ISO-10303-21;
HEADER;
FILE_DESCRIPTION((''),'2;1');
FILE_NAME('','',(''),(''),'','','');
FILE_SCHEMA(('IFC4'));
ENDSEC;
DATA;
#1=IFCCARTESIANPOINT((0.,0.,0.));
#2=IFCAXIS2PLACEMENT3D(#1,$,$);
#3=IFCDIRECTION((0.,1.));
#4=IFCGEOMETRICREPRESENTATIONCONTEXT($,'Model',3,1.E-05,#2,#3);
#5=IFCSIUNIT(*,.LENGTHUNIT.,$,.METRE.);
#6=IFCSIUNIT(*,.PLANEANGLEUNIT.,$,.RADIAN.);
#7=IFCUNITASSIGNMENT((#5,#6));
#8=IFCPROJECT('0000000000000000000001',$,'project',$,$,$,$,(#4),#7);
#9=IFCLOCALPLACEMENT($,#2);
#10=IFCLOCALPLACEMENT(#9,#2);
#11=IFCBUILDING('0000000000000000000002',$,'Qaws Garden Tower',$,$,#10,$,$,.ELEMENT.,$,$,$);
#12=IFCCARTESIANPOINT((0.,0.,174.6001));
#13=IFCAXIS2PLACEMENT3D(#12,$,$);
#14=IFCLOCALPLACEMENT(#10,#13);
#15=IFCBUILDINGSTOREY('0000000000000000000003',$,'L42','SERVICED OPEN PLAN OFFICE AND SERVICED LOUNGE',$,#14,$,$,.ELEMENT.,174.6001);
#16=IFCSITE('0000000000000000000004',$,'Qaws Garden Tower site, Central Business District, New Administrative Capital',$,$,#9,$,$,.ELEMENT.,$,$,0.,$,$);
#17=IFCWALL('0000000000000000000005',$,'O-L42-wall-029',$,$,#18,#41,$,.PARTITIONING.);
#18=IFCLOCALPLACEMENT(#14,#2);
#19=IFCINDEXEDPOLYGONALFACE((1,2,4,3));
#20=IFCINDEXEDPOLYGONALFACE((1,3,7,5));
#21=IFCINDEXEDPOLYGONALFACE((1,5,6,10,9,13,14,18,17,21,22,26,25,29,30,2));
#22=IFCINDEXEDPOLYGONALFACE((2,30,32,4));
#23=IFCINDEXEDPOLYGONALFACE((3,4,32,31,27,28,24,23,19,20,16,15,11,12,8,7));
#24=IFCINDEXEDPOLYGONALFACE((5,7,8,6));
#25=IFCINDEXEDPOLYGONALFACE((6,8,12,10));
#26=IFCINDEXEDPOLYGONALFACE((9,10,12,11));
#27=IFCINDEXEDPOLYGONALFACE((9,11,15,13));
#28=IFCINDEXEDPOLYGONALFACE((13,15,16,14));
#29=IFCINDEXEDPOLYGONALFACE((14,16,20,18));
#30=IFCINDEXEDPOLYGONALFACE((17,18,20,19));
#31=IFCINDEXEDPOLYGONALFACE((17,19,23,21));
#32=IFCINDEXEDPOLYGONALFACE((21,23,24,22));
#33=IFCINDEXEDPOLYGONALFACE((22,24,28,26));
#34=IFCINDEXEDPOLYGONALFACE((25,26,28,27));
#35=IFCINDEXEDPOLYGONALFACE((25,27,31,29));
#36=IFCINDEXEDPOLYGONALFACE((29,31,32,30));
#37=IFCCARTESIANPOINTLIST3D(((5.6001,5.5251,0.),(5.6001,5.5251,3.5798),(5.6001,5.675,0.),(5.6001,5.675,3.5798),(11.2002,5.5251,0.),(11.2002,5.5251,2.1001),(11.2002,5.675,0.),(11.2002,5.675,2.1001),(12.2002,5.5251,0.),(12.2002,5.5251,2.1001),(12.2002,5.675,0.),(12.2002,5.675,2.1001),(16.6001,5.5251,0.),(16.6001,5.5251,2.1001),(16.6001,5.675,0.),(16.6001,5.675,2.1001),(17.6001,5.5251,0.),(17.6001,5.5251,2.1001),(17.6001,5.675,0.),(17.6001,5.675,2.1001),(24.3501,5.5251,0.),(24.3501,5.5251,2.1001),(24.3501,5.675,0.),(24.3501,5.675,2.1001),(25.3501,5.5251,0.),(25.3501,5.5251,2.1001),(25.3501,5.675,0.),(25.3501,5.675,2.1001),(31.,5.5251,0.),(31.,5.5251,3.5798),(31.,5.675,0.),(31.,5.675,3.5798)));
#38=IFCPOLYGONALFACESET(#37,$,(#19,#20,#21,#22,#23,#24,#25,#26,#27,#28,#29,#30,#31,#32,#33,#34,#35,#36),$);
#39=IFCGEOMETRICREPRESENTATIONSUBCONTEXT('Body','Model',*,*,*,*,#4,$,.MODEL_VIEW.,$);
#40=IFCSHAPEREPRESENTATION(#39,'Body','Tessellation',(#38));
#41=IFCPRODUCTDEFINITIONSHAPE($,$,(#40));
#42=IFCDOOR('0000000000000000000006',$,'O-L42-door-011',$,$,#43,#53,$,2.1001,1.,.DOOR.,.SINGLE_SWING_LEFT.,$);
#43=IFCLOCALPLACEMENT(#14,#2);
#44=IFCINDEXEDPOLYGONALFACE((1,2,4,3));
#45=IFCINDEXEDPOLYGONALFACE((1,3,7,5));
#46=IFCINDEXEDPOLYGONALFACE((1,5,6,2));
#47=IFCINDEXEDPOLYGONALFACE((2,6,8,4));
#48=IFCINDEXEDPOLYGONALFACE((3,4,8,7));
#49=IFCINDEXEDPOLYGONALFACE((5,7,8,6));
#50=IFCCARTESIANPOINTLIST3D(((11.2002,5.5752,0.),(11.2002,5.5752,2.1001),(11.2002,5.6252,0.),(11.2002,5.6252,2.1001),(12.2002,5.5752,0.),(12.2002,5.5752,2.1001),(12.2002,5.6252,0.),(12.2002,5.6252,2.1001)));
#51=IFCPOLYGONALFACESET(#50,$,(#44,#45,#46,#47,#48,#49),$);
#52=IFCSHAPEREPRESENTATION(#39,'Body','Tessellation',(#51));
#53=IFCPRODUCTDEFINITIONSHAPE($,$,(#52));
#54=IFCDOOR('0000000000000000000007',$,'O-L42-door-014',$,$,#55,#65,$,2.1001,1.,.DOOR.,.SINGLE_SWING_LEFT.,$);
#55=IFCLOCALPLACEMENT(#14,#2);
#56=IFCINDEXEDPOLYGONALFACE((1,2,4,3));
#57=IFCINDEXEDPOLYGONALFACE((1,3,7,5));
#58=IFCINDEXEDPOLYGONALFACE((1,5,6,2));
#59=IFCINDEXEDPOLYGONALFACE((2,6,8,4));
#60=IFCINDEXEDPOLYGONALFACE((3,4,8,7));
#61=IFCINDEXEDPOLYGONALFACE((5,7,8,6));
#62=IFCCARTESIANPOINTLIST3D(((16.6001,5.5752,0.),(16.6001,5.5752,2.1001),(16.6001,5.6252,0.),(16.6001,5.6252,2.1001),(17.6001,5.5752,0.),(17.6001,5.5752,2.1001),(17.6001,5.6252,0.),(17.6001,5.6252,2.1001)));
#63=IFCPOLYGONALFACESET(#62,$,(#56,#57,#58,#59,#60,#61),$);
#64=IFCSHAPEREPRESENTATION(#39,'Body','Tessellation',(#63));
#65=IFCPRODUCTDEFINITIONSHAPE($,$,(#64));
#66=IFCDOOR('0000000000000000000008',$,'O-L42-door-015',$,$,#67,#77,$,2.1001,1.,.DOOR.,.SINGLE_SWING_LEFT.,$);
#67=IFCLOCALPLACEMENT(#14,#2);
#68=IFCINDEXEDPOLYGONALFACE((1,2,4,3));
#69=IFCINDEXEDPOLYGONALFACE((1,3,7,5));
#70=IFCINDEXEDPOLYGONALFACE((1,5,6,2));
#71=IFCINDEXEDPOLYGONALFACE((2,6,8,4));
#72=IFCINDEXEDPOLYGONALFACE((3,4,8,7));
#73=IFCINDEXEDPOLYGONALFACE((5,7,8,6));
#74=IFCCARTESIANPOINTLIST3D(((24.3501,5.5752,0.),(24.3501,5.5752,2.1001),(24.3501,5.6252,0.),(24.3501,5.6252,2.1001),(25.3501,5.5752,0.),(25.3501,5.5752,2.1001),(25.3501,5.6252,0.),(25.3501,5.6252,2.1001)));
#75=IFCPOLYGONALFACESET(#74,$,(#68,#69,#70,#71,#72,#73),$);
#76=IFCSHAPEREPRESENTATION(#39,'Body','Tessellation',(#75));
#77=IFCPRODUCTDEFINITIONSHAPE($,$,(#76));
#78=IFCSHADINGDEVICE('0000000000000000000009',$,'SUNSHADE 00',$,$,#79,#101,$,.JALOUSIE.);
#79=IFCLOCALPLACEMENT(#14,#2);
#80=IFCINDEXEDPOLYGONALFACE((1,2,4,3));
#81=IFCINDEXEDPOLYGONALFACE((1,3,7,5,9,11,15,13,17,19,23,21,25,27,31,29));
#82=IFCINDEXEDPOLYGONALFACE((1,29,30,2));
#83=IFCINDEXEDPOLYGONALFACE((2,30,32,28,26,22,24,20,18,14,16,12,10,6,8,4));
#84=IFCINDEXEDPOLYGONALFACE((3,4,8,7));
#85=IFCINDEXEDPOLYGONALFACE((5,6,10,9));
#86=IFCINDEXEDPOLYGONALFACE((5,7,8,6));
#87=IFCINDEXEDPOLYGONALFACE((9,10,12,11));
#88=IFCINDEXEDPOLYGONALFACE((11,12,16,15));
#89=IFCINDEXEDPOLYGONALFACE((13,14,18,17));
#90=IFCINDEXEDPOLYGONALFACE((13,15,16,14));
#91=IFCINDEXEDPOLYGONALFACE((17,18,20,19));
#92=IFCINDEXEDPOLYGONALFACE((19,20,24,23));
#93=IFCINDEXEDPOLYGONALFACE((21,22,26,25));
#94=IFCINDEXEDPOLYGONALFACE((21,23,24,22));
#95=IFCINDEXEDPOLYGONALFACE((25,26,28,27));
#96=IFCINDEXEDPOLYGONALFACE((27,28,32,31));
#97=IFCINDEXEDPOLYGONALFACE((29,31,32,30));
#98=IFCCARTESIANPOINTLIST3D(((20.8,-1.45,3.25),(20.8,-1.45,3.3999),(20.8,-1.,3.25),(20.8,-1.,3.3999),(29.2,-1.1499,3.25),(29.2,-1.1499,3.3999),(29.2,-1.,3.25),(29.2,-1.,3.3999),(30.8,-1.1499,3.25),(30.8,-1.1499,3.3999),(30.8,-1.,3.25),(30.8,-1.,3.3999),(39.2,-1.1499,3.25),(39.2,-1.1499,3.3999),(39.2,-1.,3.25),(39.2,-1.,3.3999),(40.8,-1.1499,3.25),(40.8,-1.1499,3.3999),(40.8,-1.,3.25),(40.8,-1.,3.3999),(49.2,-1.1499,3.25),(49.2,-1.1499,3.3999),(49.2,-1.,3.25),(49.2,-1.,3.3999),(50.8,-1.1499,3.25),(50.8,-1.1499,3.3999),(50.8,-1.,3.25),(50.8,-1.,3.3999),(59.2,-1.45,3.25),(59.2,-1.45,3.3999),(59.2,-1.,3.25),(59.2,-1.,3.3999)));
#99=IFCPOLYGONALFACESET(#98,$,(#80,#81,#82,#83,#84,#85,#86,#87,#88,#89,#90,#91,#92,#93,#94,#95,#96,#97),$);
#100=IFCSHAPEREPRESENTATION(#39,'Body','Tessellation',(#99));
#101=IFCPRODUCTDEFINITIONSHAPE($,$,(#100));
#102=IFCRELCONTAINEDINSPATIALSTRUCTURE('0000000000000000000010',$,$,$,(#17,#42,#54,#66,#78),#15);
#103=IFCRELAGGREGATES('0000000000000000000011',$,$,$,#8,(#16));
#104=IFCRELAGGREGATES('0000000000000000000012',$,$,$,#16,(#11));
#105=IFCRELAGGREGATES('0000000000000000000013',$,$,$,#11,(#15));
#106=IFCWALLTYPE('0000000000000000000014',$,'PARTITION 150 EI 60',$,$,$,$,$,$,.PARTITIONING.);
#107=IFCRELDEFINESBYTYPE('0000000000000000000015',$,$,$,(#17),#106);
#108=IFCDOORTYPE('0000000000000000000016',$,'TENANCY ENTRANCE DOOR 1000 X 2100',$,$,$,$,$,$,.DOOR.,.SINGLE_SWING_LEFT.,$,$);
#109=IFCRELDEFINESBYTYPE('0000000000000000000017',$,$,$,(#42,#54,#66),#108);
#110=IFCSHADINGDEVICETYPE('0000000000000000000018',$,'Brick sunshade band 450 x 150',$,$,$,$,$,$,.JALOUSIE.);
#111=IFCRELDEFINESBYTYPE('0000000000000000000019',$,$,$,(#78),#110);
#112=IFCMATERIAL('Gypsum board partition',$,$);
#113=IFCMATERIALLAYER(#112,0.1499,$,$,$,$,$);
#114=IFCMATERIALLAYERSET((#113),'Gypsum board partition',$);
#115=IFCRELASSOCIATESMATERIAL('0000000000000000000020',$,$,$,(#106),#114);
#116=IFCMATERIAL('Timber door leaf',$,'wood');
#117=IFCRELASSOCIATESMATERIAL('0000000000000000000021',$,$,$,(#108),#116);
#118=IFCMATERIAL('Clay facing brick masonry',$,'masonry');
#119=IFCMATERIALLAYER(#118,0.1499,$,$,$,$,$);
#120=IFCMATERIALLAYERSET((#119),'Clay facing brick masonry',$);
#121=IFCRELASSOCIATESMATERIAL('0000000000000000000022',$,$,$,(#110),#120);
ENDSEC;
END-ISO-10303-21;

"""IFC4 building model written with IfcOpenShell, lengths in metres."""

from ifc_helpers import new_model, si_unit, direction, frame, frame_2d, origin, place, context, subcontext, project, spatial, polyline, rectangle, outline, extrude, material, layer, layer_set, type_object, element, fill, save


model = new_model("IFC4")

# Units and contexts
model_context = context("Model", 3, precision=1e-05, world=origin(), true_north=direction((0.0, 1.0)))
body_context = subcontext(model_context, "Body", "Model", "MODEL_VIEW")
ifc_project = project(units=[si_unit("LENGTHUNIT", "METRE"), si_unit("PLANEANGLEUNIT", "RADIAN")], contexts=[model_context])

# Site, building, storey
site_placement = place(None, origin())
site = spatial("IfcSite", under=ifc_project, at=site_placement, Name="Qaws Garden Tower site, Central Business District, New Administrative Capital", CompositionType="ELEMENT", RefElevation=0.0)
building_placement = place(site_placement, origin())
building = spatial("IfcBuilding", under=site, at=building_placement, Name="Qaws Garden Tower", CompositionType="ELEMENT")
storey_placement = place(building_placement, frame((0.0, 0.0, 174.6001)))
storey = spatial("IfcBuildingStorey", under=building, at=storey_placement, Name="L42", Description="SERVICED OPEN PLAN OFFICE AND SERVICED LOUNGE", CompositionType="ELEMENT", Elevation=174.6001)

# Wall, openings, doors
ifc_material_1 = material(Name="Gypsum board partition")
ifc_layer_1 = layer(ifc_material_1, 0.1499)
ifc_layer_set_1 = layer_set([ifc_layer_1], Name="Gypsum board partition")
wall_type_1 = type_object("IfcWallType", Name="PARTITION 150 EI 60", PredefinedType="PARTITIONING", material=ifc_layer_set_1)
ifc_material_2 = material(Name="Timber door leaf", Category="wood")
door_type_1 = type_object("IfcDoorType", Name="TENANCY ENTRANCE DOOR 1000 X 2100", OperationType="SINGLE_SWING_LEFT", PredefinedType="DOOR", material=ifc_material_2)
wall_1_placement = place(storey_placement, frame((5.6001, 5.6001, 0.0), z_axis=(0.0, 0.0, 1.0), x_axis=(1.0, 0.0, 0.0)))
wall_1 = element("IfcWall", 1, at=wall_1_placement, inside=storey, type_object=wall_type_1, Name="O-L42-wall-029", PredefinedType="PARTITIONING", context=body_context, shape_type="SweptSolid", body=[
    extrude(rectangle(XDim=25.3999, YDim=0.1499, at=frame_2d((12.7, 0.0))), origin(), (0.0, 0.0, 1.0), 3.5798),
])
opening_1_placement = place(wall_1_placement, frame((5.6001, 0.0, 0.0)))
opening_1 = element("IfcOpeningElement", 2, at=opening_1_placement, cuts=wall_1, PredefinedType="OPENING", context=body_context, shape_type="SweptSolid", body=[
    extrude(rectangle(XDim=1.0, YDim=2.1001, at=frame_2d((0.5, 1.05))), frame((0.0, 0.085, 0.0), z_axis=(0.0, -1.0, 0.0), x_axis=(1.0, 0.0, 0.0)), (0.0, 0.0, 1.0), 0.1699),
])
opening_2_placement = place(wall_1_placement, frame((11.0, 0.0, 0.0)))
opening_2 = element("IfcOpeningElement", 3, at=opening_2_placement, cuts=wall_1, PredefinedType="OPENING", context=body_context, shape_type="SweptSolid", body=[
    extrude(rectangle(XDim=1.0, YDim=2.1001, at=frame_2d((0.5, 1.05))), frame((0.0, 0.085, 0.0), z_axis=(0.0, -1.0, 0.0), x_axis=(1.0, 0.0, 0.0)), (0.0, 0.0, 1.0), 0.1699),
])
opening_3_placement = place(wall_1_placement, frame((18.75, 0.0, 0.0)))
opening_3 = element("IfcOpeningElement", 4, at=opening_3_placement, cuts=wall_1, PredefinedType="OPENING", context=body_context, shape_type="SweptSolid", body=[
    extrude(rectangle(XDim=1.0, YDim=2.1001, at=frame_2d((0.5, 1.05))), frame((0.0, 0.085, 0.0), z_axis=(0.0, -1.0, 0.0), x_axis=(1.0, 0.0, 0.0)), (0.0, 0.0, 1.0), 0.1699),
])
door_1_placement = place(opening_1_placement, frame((1.0, 0.0, 0.0), z_axis=(0.0, 0.0, 1.0), x_axis=(-1.0, 0.0, 0.0)))
door_1 = element("IfcDoor", 5, at=door_1_placement, inside=storey, type_object=door_type_1, Name="O-L42-door-011", OperationType="SINGLE_SWING_LEFT", OverallHeight=2.1001, OverallWidth=1.0, PredefinedType="DOOR", context=body_context, shape_type="SweptSolid", body=[
    extrude(rectangle(XDim=1.0, YDim=2.1001, at=frame_2d((0.5, 1.05))), frame((0.0, 0.0249, 0.0), z_axis=(0.0, -1.0, 0.0), x_axis=(1.0, 0.0, 0.0)), (0.0, 0.0, 1.0), 0.05),
])
fill(opening_1, door_1)
door_2_placement = place(opening_2_placement, frame((1.0, 0.0, 0.0), z_axis=(0.0, 0.0, 1.0), x_axis=(-1.0, 0.0, 0.0)))
door_2 = element("IfcDoor", 6, at=door_2_placement, inside=storey, type_object=door_type_1, Name="O-L42-door-014", OperationType="SINGLE_SWING_LEFT", OverallHeight=2.1001, OverallWidth=1.0, PredefinedType="DOOR", context=body_context, shape_type="SweptSolid", body=[
    extrude(rectangle(XDim=1.0, YDim=2.1001, at=frame_2d((0.5, 1.05))), frame((0.0, 0.0249, 0.0), z_axis=(0.0, -1.0, 0.0), x_axis=(1.0, 0.0, 0.0)), (0.0, 0.0, 1.0), 0.05),
])
fill(opening_2, door_2)
door_3_placement = place(opening_3_placement, frame((1.0, 0.0, 0.0), z_axis=(0.0, 0.0, 1.0), x_axis=(-1.0, 0.0, 0.0)))
door_3 = element("IfcDoor", 7, at=door_3_placement, inside=storey, type_object=door_type_1, Name="O-L42-door-015", OperationType="SINGLE_SWING_LEFT", OverallHeight=2.1001, OverallWidth=1.0, PredefinedType="DOOR", context=body_context, shape_type="SweptSolid", body=[
    extrude(rectangle(XDim=1.0, YDim=2.1001, at=frame_2d((0.5, 1.05))), frame((0.0, 0.0249, 0.0), z_axis=(0.0, -1.0, 0.0), x_axis=(1.0, 0.0, 0.0)), (0.0, 0.0, 1.0), 0.05),
])
fill(opening_3, door_3)

# Shading device
ifc_material_3 = material(Name="Clay facing brick masonry", Category="masonry")
ifc_layer_2 = layer(ifc_material_3, 0.1499)
ifc_layer_set_2 = layer_set([ifc_layer_2], Name="Clay facing brick masonry")
shading_device_type = type_object("IfcShadingDeviceType", Name="Brick sunshade band 450 x 150", PredefinedType="JALOUSIE", material=ifc_layer_set_2)
shading_device_placement = place(storey_placement, frame((0.0, 0.0, 3.25)))
element("IfcShadingDevice", 8, at=shading_device_placement, inside=storey, type_object=shading_device_type, Name="SUNSHADE 00", PredefinedType="JALOUSIE", context=body_context, shape_type="SweptSolid", body=[
    extrude(outline(polyline([(20.8, -1.0), (20.8, -1.45), (59.2, -1.45), (59.2, -1.0), (50.8, -1.0), (50.8, -1.1499), (49.2, -1.1499), (49.2, -1.0), (40.8, -1.0), (40.8, -1.1499), (39.2, -1.1499), (39.2, -1.0), (30.8, -1.0), (30.8, -1.1499), (29.2, -1.1499), (29.2, -1.0), (20.8, -1.0)])), origin(), (0.0, 0.0, 1.0), 0.1499),
])

save(model, "model.ifc")
